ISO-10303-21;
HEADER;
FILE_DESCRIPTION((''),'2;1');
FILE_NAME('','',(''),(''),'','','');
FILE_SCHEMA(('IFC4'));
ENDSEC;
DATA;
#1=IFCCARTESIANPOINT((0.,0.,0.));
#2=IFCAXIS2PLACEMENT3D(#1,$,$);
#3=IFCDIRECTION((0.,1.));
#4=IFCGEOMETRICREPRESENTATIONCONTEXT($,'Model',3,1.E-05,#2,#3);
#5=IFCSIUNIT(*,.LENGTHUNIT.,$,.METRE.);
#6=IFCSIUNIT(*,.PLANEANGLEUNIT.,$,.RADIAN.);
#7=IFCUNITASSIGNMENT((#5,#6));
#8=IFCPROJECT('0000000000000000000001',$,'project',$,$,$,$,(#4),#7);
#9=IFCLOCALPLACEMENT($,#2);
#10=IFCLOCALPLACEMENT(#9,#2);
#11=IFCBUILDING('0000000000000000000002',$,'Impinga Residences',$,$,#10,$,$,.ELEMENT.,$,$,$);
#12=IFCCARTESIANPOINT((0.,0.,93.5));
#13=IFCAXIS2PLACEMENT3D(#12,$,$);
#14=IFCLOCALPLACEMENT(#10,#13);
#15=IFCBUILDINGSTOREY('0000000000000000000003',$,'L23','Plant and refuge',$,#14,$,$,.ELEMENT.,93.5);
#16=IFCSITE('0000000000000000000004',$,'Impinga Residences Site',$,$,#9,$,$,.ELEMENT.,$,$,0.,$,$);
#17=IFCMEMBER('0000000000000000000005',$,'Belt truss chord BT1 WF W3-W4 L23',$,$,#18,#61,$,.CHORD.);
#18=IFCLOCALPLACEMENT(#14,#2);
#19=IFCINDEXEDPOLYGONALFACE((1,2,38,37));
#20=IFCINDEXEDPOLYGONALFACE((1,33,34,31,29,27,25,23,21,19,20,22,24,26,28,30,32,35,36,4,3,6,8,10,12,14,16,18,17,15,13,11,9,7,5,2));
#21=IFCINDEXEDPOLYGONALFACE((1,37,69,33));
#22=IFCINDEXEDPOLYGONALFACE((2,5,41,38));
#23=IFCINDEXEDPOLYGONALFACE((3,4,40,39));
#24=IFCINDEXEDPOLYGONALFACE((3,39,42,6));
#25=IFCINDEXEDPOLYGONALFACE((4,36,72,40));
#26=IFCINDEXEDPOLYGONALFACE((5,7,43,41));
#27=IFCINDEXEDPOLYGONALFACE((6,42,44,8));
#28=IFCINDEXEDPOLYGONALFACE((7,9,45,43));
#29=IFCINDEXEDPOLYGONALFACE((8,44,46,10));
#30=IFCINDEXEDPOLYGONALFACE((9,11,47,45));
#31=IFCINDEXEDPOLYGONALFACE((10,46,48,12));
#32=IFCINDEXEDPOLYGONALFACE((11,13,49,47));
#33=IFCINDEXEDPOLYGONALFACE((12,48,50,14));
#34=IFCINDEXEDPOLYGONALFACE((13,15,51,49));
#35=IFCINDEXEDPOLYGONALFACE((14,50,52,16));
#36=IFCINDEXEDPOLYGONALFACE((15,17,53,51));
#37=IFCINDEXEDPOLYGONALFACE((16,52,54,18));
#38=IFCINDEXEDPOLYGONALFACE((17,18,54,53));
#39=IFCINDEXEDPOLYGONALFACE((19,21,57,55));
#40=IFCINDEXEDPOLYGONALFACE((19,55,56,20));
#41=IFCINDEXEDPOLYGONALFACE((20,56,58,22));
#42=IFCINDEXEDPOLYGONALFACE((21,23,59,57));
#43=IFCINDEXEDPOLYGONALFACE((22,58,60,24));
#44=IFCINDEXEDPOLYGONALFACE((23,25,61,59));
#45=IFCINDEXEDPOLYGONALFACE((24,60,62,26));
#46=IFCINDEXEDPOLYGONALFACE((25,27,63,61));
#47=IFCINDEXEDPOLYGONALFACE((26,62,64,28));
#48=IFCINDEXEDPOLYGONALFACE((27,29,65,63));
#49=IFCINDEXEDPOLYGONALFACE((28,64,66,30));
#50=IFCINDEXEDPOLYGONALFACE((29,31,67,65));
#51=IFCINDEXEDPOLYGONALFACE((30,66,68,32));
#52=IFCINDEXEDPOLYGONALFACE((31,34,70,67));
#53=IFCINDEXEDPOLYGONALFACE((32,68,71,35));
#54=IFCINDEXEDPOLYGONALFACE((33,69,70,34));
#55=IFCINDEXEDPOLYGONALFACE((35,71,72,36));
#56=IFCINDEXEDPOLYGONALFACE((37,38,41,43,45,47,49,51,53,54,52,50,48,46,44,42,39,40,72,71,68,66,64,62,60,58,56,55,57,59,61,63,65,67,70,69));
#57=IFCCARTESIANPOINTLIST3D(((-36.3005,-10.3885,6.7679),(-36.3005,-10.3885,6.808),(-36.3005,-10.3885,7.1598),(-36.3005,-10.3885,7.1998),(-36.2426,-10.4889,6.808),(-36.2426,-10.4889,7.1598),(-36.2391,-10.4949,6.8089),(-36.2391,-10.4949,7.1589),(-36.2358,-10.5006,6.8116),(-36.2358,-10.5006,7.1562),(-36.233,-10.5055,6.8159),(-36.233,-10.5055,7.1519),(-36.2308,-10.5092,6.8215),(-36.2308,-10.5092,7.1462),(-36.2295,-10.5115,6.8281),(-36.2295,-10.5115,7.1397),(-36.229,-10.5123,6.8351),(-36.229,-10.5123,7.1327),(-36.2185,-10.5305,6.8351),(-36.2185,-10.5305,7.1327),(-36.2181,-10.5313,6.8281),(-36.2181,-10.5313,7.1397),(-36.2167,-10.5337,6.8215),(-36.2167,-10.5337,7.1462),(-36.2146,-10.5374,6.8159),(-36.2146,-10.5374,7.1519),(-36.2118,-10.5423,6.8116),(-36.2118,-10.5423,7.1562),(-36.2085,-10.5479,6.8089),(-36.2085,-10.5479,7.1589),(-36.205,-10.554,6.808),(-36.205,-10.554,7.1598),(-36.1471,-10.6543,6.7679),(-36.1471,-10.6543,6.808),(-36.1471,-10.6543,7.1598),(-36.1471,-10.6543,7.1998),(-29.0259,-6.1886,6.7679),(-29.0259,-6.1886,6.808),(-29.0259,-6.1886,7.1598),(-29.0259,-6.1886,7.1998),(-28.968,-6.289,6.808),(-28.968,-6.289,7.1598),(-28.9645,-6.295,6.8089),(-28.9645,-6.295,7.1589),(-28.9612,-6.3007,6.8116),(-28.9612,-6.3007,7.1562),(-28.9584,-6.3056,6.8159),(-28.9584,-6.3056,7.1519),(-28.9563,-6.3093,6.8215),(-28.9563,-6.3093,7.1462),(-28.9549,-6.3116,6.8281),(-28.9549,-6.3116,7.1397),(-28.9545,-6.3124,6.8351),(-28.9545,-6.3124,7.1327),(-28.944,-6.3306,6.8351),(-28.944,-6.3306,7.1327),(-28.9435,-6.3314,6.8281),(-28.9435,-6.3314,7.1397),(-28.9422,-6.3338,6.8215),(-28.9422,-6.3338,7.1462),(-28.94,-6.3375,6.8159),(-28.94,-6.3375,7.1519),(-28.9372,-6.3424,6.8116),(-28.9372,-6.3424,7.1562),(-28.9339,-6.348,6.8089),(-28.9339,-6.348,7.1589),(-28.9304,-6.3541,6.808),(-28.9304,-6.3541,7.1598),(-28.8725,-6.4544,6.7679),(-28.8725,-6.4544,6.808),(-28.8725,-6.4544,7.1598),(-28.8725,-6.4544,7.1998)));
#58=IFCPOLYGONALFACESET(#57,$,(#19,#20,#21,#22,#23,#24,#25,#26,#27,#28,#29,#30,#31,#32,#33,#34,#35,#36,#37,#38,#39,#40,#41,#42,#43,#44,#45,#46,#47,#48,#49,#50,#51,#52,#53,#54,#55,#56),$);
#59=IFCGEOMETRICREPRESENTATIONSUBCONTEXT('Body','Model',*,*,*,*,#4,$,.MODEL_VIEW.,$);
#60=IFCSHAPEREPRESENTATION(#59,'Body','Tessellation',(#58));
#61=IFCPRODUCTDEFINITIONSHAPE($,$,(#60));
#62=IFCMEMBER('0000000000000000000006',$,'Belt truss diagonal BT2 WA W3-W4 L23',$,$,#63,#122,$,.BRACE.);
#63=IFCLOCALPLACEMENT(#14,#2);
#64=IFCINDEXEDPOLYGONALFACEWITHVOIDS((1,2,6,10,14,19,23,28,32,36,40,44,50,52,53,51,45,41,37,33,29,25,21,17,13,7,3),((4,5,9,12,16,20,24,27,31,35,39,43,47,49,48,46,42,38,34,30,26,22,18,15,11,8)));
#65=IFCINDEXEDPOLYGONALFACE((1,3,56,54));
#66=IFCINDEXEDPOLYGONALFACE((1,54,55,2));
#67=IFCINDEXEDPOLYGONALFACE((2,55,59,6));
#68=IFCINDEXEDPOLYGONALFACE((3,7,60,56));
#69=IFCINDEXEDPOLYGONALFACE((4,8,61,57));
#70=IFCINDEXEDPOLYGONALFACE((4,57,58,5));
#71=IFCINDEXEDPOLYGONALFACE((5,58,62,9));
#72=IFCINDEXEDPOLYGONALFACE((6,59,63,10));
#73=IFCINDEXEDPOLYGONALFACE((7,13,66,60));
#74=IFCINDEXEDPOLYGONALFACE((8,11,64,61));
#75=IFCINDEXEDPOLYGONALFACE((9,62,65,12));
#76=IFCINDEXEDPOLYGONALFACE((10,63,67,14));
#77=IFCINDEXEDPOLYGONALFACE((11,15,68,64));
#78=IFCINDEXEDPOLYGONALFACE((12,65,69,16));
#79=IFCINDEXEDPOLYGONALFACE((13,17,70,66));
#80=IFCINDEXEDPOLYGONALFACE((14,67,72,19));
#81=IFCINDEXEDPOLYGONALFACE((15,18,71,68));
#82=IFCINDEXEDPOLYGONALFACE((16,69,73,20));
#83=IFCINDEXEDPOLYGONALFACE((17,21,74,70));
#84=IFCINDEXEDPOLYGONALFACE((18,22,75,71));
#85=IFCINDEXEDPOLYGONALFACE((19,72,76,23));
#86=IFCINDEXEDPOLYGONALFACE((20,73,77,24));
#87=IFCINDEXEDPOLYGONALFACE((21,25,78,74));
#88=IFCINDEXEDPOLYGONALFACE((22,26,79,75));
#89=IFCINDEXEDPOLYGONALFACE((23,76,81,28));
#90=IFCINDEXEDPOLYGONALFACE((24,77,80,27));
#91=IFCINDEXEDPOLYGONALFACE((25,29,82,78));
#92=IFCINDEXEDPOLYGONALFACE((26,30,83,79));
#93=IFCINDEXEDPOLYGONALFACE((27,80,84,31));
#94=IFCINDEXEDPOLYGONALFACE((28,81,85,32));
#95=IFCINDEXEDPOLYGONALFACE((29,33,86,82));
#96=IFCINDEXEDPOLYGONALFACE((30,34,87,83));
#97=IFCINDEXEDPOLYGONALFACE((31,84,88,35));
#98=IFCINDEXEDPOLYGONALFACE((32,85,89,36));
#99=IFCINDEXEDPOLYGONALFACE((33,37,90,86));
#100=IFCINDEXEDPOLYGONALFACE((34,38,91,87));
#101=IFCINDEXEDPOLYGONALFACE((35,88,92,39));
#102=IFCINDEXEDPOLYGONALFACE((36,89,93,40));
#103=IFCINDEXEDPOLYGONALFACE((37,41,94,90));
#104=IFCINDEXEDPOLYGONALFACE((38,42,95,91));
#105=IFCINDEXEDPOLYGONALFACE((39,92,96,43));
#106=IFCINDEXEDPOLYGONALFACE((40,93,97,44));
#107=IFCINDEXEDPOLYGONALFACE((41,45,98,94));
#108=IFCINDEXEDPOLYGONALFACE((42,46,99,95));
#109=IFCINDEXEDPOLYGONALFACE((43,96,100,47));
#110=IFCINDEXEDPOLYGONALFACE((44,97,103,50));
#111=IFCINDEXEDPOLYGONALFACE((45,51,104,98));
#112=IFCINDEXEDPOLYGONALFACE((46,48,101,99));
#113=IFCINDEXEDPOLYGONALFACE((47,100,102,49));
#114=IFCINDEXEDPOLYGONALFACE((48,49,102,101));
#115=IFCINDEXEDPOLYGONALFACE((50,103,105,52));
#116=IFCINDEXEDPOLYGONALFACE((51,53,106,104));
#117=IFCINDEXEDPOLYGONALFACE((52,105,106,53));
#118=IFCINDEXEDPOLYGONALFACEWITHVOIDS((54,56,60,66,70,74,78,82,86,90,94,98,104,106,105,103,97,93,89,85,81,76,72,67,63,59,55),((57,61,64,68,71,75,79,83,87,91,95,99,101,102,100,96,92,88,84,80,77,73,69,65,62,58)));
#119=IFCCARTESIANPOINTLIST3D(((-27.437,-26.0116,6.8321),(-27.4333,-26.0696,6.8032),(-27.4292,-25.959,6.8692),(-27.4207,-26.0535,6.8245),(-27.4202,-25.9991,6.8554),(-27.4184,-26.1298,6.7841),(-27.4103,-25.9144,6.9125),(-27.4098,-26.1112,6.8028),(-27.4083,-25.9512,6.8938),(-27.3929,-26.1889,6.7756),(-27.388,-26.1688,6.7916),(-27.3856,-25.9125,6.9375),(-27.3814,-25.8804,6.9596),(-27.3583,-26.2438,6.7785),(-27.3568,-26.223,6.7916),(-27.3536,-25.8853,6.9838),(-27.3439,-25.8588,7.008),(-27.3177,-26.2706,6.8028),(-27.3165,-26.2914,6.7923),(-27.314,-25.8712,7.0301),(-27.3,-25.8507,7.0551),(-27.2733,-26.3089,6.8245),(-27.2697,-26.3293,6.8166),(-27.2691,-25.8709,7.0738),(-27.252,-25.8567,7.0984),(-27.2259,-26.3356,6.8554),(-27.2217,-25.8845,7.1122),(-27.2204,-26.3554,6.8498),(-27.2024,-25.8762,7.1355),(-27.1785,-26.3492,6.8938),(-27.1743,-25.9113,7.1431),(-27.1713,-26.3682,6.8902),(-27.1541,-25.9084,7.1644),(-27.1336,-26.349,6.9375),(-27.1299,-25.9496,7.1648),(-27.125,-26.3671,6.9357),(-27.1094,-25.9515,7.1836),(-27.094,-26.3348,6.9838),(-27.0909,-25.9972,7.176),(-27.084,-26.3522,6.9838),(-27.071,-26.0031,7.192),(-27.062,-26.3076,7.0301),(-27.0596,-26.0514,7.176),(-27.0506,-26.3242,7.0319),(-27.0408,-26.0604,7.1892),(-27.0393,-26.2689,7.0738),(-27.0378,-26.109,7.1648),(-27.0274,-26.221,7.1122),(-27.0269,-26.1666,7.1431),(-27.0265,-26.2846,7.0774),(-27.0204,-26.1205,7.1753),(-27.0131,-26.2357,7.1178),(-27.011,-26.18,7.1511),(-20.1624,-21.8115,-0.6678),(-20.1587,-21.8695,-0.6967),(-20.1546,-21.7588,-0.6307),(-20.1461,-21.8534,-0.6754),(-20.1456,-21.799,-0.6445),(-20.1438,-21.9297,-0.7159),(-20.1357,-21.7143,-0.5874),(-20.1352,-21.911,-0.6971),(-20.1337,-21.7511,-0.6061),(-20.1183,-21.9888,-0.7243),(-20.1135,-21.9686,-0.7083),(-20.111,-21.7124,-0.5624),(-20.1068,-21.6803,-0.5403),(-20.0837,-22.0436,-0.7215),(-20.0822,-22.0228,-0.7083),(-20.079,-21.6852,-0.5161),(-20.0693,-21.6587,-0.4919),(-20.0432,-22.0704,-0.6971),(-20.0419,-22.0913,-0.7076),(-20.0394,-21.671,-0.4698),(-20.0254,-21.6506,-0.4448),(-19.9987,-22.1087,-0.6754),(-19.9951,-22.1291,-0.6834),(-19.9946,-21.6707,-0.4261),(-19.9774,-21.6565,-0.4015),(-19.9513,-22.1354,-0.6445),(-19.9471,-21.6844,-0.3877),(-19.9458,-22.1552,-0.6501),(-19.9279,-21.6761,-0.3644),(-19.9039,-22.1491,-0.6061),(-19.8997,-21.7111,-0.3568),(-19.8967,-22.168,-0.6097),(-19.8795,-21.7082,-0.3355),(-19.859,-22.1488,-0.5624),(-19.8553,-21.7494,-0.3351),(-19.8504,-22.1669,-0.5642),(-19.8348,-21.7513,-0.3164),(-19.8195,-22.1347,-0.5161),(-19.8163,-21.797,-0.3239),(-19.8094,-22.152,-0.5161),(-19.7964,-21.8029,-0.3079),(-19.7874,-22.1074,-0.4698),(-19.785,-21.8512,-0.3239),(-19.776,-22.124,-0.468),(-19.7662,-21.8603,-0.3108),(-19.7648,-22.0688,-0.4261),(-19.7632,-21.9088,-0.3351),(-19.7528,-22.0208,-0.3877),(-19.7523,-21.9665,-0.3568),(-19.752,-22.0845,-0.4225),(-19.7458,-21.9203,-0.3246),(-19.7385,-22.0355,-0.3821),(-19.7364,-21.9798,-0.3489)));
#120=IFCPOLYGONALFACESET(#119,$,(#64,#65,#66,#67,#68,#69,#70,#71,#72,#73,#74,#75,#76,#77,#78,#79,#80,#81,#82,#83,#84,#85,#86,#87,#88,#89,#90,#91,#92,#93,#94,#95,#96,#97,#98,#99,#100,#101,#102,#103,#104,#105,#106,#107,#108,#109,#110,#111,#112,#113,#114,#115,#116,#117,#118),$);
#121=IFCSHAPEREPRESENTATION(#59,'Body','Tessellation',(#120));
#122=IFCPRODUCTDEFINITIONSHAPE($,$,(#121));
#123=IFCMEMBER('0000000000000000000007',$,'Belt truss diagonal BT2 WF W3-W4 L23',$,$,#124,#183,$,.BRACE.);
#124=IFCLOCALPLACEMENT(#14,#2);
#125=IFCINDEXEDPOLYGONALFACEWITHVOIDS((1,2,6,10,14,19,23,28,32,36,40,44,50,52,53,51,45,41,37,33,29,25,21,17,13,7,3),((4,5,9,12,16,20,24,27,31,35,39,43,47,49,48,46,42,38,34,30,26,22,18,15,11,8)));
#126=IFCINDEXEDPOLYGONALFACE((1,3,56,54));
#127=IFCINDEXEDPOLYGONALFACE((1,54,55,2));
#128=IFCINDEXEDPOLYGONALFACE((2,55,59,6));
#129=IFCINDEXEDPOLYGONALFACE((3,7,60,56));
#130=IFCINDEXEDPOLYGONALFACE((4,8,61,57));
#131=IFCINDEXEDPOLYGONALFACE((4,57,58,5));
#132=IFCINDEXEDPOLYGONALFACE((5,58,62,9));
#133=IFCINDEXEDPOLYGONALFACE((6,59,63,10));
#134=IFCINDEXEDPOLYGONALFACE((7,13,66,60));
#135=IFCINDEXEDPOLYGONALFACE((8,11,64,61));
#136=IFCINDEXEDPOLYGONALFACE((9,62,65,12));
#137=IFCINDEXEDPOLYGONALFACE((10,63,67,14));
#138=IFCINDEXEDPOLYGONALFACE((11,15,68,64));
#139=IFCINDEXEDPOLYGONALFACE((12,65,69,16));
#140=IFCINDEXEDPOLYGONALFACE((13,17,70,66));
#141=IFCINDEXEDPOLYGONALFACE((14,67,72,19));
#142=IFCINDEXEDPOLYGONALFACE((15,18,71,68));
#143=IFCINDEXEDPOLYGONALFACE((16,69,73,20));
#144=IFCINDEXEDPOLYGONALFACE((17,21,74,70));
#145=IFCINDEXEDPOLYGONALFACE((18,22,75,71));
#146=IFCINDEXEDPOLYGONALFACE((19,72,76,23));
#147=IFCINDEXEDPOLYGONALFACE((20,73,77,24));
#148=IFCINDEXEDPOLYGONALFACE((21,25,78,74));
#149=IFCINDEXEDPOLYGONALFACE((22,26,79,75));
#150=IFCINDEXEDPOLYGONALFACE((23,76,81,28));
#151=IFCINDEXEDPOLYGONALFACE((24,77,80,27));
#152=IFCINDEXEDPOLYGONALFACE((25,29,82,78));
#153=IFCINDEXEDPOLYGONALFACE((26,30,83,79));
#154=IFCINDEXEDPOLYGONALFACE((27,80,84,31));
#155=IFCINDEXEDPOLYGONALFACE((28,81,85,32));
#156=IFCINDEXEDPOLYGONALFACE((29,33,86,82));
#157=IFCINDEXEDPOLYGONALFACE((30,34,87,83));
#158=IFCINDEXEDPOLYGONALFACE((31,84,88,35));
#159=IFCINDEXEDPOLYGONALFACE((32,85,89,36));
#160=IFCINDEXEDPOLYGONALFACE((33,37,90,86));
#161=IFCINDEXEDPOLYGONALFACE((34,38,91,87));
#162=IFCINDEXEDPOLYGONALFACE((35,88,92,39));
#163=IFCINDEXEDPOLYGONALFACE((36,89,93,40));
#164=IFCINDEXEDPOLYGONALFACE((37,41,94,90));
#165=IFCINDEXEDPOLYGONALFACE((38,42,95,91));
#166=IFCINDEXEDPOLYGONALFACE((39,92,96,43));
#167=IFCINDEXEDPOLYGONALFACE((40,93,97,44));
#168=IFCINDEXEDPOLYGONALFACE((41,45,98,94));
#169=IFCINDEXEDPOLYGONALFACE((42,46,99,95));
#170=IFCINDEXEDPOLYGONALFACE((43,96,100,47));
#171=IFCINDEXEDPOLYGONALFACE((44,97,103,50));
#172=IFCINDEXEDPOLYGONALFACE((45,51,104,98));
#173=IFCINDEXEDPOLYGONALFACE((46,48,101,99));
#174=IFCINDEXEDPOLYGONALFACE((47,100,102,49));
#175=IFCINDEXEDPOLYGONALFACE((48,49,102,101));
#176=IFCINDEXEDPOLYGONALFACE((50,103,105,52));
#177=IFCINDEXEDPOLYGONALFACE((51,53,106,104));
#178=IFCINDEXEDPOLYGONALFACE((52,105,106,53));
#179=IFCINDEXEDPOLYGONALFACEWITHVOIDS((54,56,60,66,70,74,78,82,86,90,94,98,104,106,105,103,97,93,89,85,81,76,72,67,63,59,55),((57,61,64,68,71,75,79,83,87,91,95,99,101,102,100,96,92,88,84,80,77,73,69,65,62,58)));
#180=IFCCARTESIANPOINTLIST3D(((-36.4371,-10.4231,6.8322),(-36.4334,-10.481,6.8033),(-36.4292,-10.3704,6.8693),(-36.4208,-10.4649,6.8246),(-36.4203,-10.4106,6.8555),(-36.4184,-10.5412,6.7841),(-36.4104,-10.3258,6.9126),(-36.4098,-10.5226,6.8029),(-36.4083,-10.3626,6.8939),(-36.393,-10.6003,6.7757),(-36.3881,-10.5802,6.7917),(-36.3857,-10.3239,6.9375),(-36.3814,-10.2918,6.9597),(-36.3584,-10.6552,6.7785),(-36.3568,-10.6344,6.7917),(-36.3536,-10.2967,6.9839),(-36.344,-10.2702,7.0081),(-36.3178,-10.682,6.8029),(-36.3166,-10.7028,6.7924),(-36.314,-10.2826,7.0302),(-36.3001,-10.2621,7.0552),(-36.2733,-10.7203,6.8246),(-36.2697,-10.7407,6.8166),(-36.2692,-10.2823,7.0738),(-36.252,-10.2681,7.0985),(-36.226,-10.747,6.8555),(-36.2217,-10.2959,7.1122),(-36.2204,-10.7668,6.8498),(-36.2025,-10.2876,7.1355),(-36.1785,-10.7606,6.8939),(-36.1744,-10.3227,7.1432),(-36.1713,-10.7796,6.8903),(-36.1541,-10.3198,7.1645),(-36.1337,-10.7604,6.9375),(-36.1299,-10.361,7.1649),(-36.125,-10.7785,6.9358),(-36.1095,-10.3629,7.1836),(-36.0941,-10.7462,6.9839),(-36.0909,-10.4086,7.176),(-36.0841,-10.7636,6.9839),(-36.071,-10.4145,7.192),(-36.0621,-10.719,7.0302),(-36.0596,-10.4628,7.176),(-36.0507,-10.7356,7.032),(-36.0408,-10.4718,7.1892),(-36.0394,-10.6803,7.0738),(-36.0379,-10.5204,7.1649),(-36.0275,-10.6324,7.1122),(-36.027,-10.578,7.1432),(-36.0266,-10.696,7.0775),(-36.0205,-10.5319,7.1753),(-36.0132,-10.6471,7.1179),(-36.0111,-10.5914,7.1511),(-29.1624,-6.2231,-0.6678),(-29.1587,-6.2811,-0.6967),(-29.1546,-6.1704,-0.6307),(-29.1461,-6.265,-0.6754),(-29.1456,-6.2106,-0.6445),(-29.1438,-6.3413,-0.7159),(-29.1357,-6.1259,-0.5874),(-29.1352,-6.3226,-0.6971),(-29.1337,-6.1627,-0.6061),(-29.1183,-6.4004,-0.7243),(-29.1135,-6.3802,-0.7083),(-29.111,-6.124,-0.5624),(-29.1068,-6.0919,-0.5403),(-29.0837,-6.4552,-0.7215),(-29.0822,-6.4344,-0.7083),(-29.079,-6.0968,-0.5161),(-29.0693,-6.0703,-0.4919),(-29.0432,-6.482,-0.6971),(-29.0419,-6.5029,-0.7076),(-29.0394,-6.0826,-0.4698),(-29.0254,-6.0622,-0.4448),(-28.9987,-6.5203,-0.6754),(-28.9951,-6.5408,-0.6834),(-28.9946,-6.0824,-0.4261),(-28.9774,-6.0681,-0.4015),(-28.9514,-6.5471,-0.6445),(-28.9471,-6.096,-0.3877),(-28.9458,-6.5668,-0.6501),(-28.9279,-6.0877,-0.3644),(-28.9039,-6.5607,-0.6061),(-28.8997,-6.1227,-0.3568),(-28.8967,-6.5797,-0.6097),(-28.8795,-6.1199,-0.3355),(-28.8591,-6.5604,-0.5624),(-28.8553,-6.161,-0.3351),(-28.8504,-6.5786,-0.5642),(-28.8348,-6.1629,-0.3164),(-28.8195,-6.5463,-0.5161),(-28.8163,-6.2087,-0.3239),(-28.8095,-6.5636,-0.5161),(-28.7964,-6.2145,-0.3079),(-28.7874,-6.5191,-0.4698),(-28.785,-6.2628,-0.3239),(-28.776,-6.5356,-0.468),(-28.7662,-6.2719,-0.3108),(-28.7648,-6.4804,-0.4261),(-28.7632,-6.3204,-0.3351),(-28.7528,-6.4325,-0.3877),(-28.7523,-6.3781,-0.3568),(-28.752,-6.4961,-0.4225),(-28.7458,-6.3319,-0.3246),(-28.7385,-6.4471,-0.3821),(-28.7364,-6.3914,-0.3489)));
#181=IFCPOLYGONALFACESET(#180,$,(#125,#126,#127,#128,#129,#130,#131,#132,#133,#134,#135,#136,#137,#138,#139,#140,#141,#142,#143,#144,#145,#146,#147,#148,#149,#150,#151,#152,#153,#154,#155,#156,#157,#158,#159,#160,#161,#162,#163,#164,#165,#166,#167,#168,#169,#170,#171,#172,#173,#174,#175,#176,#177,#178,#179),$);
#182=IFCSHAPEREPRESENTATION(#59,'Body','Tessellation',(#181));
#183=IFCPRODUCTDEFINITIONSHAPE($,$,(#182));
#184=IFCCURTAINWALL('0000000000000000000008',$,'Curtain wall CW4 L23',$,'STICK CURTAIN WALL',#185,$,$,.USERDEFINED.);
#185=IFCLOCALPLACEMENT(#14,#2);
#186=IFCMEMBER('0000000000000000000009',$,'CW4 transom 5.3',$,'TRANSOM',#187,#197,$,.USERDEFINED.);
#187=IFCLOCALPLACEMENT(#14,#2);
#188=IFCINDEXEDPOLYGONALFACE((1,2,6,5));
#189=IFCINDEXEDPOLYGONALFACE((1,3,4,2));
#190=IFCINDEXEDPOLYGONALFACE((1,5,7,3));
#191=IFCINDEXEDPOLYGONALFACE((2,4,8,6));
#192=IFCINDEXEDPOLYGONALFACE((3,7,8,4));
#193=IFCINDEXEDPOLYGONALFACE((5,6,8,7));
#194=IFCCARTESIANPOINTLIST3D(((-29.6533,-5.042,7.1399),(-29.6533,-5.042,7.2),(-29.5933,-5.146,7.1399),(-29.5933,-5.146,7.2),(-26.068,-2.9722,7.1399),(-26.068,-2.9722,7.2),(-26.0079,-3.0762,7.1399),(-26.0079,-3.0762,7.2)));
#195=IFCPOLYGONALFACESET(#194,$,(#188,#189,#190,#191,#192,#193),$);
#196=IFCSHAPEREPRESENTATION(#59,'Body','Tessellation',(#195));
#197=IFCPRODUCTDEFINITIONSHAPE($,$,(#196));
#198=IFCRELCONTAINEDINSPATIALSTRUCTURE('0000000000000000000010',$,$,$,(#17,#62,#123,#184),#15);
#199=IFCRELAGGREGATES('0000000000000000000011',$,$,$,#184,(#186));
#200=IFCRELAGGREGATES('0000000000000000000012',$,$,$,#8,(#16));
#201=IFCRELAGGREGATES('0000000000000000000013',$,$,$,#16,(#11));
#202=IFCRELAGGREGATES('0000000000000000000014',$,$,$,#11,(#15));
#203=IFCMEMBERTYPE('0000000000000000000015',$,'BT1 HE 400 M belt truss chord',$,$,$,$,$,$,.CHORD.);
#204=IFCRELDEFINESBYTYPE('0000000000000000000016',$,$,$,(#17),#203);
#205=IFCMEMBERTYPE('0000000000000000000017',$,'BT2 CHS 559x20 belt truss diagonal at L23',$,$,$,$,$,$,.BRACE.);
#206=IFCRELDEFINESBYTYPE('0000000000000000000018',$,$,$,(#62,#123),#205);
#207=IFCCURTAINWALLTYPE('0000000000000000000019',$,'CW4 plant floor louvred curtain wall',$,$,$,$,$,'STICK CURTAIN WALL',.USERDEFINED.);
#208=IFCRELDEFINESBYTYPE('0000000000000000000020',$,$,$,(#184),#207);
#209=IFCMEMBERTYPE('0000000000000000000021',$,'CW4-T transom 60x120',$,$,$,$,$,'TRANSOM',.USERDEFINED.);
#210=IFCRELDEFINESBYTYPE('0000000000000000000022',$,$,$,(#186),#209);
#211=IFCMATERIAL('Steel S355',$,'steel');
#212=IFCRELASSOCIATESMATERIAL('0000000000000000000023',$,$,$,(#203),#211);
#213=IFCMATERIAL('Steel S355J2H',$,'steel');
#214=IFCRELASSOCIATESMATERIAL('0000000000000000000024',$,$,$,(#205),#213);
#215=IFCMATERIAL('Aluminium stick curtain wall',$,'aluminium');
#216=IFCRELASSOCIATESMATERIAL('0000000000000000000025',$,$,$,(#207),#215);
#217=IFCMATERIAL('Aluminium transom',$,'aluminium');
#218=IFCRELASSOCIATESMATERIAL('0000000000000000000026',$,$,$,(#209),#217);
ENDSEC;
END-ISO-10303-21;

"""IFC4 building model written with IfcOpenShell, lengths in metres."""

from ifc_helpers import new_model, si_unit, direction, frame, origin, origin_2d, place, context, subcontext, project, spatial, rectangle, hollow_circle, i_section, extrude, material, material_profile, profile_set, type_object, element, aggregate, save


model = new_model("IFC4")

# Units and contexts
model_context = context("Model", 3, precision=1e-05, world=origin(), true_north=direction((0.0, 1.0)))
body_context = subcontext(model_context, "Body", "Model", "MODEL_VIEW")
ifc_project = project(units=[si_unit("LENGTHUNIT", "METRE"), si_unit("PLANEANGLEUNIT", "RADIAN")], contexts=[model_context])

# Site, building, storey
site_placement = place(None, origin())
site = spatial("IfcSite", under=ifc_project, at=site_placement, Name="Impinga Residences Site", CompositionType="ELEMENT", RefElevation=0.0)
building_placement = place(site_placement, origin())
building = spatial("IfcBuilding", under=site, at=building_placement, Name="Impinga Residences", CompositionType="ELEMENT")
storey_placement = place(building_placement, frame((0.0, 0.0, 93.5)))
storey = spatial("IfcBuildingStorey", under=building, at=storey_placement, Name="L23", Description="Plant and refuge", CompositionType="ELEMENT", Elevation=93.5)

# Members
ifc_material_1 = material(Name="Steel S355", Category="steel")
ifc_material_profile_1 = material_profile(ifc_material_1, i_section(OverallWidth=0.3069, OverallDepth=0.4319, WebThickness=0.021, FlangeThickness=0.04, FilletRadius=0.0271, at=origin_2d()), Name="HE 400 M")
ifc_profile_set_1 = profile_set([ifc_material_profile_1], Name="Steel S355")
member_type_1 = type_object("IfcMemberType", Name="BT1 HE 400 M belt truss chord", PredefinedType="CHORD", material=ifc_profile_set_1)
for number, where, z_axis, x_axis, name in (
    (1, (-28.9492, -6.3215, 6.9839), (-0.866029, -0.499993, 0.0), (0.499993, -0.866029, 0.0), "Belt truss chord BT1 WF W3-W4 L23"),
):
    element("IfcMember", number, at=place(storey_placement, frame(where, z_axis=z_axis, x_axis=x_axis)), inside=storey, type_object=member_type_1, Name=name, PredefinedType="CHORD", context=body_context, shape_type="SweptSolid", body=[
        extrude(i_section(OverallWidth=0.3069, OverallDepth=0.4319, WebThickness=0.021, FlangeThickness=0.04, FilletRadius=0.0271, at=origin_2d()), origin(), (0.0, 0.0, 1.0), 8.3999),
    ])
ifc_material_2 = material(Name="Steel S355J2H", Category="steel")
ifc_material_profile_2 = material_profile(ifc_material_2, hollow_circle(Radius=0.2795, WallThickness=0.02, at=origin_2d()), Name="CHS 559x20")
ifc_profile_set_2 = profile_set([ifc_material_profile_2], Name="Steel S355J2H")
member_type_2 = type_object("IfcMemberType", Name="BT2 CHS 559x20 belt truss diagonal at L23", PredefinedType="BRACE", material=ifc_profile_set_2)
for number, where, z_axis, x_axis, name in (
    (2, (-19.9492, -21.9099, -0.5161), (-0.645999, -0.372983, 0.66601), (0.500015, -0.866017, 0.0), "Belt truss diagonal BT2 WA W3-W4 L23"),
    (3, (-28.9492, -6.3215, -0.5161), (-0.646004, -0.372964, 0.666015), (0.499993, -0.866029, 0.0), "Belt truss diagonal BT2 WF W3-W4 L23"),
):
    element("IfcMember", number, at=place(storey_placement, frame(where, z_axis=z_axis, x_axis=x_axis)), inside=storey, type_object=member_type_2, Name=name, PredefinedType="BRACE", context=body_context, shape_type="SweptSolid", body=[
        extrude(hollow_circle(Radius=0.2795, WallThickness=0.02, at=origin_2d()), origin(), (0.0, 0.0, 1.0), 11.261),
    ])

# Curtain wall, member
ifc_material_3 = material(Name="Aluminium stick curtain wall", Category="aluminium")
curtain_wall_type = type_object("IfcCurtainWallType", Name="CW4 plant floor louvred curtain wall", ElementType="STICK CURTAIN WALL", PredefinedType="USERDEFINED", material=ifc_material_3)
curtain_wall_placement = place(storey_placement, origin())
curtain_wall = element("IfcCurtainWall", 4, at=curtain_wall_placement, inside=storey, type_object=curtain_wall_type, Name="Curtain wall CW4 L23", ObjectType="STICK CURTAIN WALL", PredefinedType="USERDEFINED")
ifc_material_4 = material(Name="Aluminium transom", Category="aluminium")
ifc_material_profile_3 = material_profile(ifc_material_4, rectangle(XDim=0.0601, YDim=0.1201, at=origin_2d()), Name="60x120 transom")
ifc_profile_set_3 = profile_set([ifc_material_profile_3], Name="Aluminium transom")
member_type_3 = type_object("IfcMemberType", Name="CW4-T transom 60x120", ElementType="TRANSOM", PredefinedType="USERDEFINED", material=ifc_profile_set_3)
member_placement = place(storey_placement, frame((-29.6233, -5.094, 7.1699), z_axis=(0.86605, 0.499957, 0.0), x_axis=(0.0, 0.0, 1.0)))
member = element("IfcMember", 5, at=member_placement, type_object=member_type_3, Name="CW4 transom 5.3", ObjectType="TRANSOM", PredefinedType="USERDEFINED", context=body_context, shape_type="SweptSolid", body=[
    extrude(rectangle(XDim=0.0601, YDim=0.1201, at=origin_2d()), origin(), (0.0, 0.0, 1.0), 4.1399),
])
aggregate(curtain_wall, [member])

save(model, "model.ifc")
